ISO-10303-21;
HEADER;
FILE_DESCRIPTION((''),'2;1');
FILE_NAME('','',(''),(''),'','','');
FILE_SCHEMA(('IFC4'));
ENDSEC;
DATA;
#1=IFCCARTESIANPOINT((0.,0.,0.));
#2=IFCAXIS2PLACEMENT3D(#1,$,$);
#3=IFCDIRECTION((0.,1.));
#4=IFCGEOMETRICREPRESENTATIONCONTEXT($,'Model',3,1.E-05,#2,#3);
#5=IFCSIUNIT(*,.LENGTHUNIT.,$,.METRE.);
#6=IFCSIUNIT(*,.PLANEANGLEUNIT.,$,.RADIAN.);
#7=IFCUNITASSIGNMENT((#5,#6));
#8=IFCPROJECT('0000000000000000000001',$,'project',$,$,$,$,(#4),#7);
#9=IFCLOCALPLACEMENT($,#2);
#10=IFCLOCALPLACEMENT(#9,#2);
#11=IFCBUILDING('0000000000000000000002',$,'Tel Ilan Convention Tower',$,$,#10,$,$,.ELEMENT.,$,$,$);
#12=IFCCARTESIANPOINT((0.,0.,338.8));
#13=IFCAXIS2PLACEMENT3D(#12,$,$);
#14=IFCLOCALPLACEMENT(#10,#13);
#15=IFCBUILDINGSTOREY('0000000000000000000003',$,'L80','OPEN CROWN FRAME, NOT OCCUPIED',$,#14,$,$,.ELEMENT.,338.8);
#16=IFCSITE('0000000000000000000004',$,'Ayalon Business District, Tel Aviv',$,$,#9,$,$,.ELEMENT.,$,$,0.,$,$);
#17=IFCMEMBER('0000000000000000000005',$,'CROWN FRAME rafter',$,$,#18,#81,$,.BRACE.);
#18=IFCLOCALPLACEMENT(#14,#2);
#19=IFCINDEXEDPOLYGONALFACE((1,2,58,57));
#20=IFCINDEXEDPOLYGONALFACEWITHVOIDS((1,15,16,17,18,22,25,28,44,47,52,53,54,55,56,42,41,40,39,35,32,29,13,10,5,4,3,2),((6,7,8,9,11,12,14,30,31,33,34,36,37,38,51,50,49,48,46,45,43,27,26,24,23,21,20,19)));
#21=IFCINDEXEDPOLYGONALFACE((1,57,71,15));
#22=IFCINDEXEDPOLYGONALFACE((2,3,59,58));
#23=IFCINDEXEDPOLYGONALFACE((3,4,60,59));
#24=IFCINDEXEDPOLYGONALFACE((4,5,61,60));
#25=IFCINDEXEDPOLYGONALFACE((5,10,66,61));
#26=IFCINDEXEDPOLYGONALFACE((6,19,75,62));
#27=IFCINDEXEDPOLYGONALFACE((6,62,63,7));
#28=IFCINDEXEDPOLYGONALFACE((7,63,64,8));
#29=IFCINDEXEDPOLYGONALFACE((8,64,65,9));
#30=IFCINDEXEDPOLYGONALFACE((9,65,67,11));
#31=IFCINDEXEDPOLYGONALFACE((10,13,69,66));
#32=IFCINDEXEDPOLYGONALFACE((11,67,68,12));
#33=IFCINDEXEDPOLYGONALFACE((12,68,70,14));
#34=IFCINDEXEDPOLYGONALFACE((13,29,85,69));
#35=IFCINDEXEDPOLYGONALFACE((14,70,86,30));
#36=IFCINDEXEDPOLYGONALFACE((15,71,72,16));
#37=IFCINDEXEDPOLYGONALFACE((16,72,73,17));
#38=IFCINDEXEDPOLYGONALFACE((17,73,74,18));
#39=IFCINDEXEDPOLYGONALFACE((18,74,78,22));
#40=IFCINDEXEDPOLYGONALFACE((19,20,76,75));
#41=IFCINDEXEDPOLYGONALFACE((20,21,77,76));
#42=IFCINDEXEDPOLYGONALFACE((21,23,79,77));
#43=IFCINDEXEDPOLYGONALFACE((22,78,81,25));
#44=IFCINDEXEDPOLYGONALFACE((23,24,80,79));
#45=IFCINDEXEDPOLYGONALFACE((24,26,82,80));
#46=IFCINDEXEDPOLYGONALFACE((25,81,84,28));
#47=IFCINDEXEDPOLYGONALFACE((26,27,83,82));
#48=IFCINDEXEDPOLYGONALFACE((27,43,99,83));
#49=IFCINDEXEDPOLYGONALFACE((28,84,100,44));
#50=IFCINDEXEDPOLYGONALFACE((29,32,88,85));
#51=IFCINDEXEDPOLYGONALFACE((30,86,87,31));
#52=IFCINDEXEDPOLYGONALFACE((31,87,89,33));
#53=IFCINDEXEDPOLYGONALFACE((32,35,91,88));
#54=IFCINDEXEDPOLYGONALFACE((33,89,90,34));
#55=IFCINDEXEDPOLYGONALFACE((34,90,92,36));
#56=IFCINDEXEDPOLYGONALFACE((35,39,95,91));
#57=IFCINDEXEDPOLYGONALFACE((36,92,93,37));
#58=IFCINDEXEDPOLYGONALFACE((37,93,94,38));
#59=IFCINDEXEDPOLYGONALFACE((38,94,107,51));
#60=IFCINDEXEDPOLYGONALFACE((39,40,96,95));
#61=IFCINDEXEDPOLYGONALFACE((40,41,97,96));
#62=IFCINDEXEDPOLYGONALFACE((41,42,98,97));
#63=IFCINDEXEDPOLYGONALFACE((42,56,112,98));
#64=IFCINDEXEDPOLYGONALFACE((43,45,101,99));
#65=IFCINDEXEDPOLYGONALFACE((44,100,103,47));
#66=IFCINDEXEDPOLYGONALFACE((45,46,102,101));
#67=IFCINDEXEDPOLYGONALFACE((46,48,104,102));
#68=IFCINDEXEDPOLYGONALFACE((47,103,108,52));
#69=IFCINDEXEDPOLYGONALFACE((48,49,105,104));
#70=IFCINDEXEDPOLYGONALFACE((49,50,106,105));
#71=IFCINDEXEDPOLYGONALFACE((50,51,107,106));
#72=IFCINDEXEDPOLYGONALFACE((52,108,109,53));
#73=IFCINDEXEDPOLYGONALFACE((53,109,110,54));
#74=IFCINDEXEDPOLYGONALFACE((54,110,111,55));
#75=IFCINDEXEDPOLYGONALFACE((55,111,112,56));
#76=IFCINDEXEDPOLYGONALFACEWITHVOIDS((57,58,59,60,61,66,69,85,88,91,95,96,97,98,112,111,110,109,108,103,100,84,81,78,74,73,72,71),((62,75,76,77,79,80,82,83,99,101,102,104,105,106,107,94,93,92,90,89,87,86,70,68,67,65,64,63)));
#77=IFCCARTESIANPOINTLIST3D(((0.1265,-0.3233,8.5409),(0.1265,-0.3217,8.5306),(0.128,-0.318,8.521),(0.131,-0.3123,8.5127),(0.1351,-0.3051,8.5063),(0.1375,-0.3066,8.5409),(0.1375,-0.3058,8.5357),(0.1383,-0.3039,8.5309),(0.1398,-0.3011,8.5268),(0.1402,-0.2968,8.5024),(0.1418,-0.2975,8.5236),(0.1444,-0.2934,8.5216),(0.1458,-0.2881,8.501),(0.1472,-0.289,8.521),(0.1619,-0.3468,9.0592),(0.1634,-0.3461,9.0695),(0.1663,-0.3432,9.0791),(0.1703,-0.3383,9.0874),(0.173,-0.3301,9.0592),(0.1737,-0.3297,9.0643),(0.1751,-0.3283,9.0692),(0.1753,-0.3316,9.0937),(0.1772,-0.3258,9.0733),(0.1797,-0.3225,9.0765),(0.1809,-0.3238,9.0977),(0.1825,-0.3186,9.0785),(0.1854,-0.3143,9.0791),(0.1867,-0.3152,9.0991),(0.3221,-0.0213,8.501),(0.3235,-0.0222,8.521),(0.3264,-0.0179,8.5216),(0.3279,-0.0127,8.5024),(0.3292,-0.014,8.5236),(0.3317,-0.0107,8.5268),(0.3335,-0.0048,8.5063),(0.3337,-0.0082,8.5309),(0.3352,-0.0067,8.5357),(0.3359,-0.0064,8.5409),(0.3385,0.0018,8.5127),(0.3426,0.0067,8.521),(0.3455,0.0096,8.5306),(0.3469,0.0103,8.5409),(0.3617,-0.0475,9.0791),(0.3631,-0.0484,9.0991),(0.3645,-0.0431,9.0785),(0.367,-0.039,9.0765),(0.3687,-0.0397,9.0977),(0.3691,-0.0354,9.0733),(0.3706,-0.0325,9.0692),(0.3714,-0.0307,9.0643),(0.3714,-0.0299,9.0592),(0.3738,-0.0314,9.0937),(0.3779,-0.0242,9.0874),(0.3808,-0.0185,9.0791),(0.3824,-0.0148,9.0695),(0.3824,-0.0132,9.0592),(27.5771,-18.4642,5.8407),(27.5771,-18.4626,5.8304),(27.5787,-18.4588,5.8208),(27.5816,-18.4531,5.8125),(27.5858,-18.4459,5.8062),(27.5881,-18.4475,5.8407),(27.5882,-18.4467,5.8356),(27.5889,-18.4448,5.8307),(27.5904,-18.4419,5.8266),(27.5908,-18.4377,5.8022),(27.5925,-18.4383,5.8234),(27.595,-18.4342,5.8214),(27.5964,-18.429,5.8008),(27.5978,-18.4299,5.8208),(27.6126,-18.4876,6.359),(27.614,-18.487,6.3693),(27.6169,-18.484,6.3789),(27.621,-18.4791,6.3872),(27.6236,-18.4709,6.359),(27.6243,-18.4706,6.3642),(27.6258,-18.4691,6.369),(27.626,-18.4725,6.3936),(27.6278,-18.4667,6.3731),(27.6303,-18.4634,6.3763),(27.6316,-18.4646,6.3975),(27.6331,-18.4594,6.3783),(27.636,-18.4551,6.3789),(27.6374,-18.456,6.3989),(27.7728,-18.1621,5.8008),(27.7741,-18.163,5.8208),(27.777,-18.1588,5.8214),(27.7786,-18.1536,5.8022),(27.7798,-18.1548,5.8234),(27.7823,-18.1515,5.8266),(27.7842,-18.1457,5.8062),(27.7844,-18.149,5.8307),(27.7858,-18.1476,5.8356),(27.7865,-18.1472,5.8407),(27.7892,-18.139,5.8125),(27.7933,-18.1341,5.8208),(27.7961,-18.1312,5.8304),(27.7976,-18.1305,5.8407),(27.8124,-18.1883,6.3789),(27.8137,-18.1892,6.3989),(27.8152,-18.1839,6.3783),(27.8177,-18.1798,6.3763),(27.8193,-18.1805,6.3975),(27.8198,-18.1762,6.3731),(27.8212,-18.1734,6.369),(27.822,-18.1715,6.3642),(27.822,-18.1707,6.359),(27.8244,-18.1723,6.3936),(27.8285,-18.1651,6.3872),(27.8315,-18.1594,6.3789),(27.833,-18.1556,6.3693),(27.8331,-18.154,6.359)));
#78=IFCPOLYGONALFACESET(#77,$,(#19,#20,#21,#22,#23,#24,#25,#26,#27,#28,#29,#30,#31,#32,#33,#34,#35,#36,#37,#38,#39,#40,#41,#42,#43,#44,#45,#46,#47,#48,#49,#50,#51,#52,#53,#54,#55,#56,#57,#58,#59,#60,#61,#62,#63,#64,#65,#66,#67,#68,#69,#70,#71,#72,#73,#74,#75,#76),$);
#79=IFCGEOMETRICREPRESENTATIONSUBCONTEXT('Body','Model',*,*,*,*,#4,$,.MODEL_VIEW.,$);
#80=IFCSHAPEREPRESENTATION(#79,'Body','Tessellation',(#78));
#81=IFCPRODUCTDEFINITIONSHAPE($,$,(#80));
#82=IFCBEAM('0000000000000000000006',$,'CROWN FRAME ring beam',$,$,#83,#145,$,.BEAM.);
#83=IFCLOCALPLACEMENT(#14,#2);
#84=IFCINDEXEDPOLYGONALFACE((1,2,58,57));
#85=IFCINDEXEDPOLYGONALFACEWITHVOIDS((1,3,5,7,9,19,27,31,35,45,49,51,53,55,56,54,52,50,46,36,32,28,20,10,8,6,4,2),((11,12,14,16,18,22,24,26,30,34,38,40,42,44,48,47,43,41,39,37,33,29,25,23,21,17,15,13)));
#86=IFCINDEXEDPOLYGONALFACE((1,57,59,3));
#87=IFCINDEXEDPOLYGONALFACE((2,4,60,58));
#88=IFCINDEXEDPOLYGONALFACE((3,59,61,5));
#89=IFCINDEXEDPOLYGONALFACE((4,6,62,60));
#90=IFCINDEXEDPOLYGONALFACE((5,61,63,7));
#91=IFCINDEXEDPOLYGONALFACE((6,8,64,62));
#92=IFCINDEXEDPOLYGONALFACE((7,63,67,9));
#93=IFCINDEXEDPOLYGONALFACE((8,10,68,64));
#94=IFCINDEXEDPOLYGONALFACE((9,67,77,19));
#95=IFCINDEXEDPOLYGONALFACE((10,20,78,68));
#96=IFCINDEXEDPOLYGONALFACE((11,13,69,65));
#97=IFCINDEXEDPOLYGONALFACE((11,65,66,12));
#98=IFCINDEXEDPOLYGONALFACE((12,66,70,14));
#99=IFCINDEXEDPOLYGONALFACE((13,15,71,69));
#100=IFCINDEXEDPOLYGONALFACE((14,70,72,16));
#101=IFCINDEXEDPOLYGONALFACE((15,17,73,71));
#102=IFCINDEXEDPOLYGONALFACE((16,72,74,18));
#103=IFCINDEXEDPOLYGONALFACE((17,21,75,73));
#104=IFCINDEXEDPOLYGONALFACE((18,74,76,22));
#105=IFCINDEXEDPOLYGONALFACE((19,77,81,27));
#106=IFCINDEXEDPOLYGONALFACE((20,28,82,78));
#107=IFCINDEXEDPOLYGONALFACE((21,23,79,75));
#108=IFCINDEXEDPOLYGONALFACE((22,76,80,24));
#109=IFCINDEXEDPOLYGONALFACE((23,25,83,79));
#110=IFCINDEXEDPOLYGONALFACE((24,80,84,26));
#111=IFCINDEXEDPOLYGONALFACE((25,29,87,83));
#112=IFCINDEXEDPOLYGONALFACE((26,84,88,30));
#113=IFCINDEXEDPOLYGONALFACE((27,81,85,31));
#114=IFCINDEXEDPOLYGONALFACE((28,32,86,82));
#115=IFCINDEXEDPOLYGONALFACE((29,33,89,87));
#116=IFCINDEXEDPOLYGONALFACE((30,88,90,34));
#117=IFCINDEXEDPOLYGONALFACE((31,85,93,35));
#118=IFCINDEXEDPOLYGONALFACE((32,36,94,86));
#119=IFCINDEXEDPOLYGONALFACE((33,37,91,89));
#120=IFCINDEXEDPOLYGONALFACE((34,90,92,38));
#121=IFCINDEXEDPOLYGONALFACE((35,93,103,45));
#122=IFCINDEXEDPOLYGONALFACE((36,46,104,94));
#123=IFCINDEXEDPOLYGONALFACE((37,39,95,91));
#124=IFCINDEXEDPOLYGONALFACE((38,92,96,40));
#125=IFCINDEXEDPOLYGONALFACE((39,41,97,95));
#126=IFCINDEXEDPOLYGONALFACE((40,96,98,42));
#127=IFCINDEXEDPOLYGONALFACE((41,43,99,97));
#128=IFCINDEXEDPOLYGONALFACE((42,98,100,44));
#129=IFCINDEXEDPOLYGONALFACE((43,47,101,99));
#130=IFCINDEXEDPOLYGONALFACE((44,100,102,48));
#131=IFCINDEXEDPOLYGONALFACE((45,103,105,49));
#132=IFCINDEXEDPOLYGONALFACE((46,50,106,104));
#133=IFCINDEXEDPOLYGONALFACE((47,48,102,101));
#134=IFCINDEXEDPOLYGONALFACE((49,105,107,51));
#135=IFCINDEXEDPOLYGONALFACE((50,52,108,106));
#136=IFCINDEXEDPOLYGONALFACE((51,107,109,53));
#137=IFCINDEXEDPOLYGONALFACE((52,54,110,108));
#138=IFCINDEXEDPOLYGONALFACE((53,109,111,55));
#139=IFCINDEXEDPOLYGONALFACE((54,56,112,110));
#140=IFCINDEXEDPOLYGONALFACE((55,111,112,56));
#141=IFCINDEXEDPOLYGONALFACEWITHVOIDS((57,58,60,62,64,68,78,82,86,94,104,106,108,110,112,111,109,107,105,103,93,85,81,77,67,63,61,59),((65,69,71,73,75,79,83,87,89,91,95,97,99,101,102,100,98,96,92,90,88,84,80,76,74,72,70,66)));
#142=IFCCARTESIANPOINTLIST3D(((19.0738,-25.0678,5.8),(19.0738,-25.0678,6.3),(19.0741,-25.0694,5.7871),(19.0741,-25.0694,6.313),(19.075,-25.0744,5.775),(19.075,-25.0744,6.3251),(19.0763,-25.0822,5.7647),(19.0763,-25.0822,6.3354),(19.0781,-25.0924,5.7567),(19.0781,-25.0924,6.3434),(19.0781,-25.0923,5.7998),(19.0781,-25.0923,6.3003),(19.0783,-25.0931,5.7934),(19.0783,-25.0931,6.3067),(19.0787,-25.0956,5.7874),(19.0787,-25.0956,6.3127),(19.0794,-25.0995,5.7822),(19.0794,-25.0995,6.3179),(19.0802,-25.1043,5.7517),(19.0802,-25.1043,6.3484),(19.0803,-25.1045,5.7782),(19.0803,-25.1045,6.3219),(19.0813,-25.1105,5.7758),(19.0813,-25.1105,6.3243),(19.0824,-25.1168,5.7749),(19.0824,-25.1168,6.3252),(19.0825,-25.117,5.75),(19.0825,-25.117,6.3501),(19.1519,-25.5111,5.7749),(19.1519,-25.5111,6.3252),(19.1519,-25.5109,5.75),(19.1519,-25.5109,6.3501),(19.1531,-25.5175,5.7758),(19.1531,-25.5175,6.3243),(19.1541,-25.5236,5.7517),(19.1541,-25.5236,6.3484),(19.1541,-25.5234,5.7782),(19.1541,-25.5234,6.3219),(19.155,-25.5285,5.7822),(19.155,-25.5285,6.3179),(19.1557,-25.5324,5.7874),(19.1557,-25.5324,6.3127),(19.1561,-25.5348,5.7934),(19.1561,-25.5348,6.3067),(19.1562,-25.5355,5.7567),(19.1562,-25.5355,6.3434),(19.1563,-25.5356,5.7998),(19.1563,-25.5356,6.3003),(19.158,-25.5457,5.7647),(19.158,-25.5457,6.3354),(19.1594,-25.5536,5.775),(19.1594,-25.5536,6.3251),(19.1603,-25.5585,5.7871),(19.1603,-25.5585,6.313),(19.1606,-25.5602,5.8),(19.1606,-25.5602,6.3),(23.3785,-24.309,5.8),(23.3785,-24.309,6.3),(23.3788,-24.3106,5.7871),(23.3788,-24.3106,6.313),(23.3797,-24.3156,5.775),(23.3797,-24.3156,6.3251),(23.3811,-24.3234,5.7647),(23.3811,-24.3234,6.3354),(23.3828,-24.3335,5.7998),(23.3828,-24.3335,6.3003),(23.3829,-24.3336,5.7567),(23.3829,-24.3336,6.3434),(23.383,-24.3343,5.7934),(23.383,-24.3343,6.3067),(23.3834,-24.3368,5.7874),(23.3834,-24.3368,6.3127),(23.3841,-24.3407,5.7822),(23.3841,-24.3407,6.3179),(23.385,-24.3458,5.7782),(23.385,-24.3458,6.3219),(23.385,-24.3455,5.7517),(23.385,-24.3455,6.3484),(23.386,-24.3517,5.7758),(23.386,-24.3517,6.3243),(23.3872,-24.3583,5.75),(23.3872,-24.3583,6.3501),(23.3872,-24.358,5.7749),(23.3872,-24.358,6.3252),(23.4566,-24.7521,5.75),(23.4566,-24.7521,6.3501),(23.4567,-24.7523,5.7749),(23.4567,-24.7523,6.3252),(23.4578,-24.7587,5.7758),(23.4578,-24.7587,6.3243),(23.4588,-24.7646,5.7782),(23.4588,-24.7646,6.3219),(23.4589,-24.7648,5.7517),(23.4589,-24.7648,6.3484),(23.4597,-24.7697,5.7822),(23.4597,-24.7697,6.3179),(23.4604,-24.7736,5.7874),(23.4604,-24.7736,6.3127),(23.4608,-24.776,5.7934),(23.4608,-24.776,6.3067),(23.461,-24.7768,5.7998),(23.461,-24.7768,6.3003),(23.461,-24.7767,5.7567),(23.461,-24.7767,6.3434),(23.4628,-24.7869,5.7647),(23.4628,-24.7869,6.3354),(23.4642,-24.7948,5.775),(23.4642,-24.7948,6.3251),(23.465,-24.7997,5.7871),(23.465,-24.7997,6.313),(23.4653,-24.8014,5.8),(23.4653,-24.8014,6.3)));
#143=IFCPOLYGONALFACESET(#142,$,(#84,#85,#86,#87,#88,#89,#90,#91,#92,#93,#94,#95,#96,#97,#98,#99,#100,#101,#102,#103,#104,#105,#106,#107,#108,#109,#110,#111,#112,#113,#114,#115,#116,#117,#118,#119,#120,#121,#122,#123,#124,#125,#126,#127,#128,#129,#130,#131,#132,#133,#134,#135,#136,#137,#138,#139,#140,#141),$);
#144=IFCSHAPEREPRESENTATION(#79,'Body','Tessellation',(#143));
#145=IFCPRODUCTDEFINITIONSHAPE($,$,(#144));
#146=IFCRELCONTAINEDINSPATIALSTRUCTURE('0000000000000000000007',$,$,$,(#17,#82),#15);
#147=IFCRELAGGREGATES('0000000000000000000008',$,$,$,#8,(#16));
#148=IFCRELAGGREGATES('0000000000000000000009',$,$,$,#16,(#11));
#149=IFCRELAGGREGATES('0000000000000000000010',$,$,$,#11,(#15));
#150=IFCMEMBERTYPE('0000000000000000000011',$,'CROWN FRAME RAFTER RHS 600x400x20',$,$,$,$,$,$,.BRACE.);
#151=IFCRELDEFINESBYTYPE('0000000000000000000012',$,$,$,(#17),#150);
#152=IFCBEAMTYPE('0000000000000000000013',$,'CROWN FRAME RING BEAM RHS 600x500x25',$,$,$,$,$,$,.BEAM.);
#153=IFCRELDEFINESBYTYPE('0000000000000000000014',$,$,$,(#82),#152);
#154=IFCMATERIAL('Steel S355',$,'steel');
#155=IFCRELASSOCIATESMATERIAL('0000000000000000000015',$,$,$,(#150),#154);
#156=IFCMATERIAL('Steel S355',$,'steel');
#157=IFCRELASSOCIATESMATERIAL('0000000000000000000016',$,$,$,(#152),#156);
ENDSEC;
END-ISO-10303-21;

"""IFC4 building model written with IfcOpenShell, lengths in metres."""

from ifc_helpers import new_model, si_unit, direction, frame, origin, origin_2d, place, context, subcontext, project, spatial, hollow_rectangle, extrude, material, material_profile, profile_set, type_object, element, save


model = new_model("IFC4")

# Units and contexts
model_context = context("Model", 3, precision=1e-05, world=origin(), true_north=direction((0.0, 1.0)))
body_context = subcontext(model_context, "Body", "Model", "MODEL_VIEW")
ifc_project = project(units=[si_unit("LENGTHUNIT", "METRE"), si_unit("PLANEANGLEUNIT", "RADIAN")], contexts=[model_context])

# Site, building, storey
site_placement = place(None, origin())
site = spatial("IfcSite", under=ifc_project, at=site_placement, Name="Ayalon Business District, Tel Aviv", CompositionType="ELEMENT", RefElevation=0.0)
building_placement = place(site_placement, origin())
building = spatial("IfcBuilding", under=site, at=building_placement, Name="Tel Ilan Convention Tower", CompositionType="ELEMENT")
storey_placement = place(building_placement, frame((0.0, 0.0, 338.8)))
storey = spatial("IfcBuildingStorey", under=building, at=storey_placement, Name="L80", Description="OPEN CROWN FRAME, NOT OCCUPIED", CompositionType="ELEMENT", Elevation=338.8)

# Member
ifc_material_1 = material(Name="Steel S355", Category="steel")
ifc_material_profile_1 = material_profile(ifc_material_1, hollow_rectangle(XDim=0.3999, YDim=0.6001, WallThickness=0.02, InnerFilletRadius=0.02, OuterFilletRadius=0.04, at=origin_2d()), Name="RHS 600x400x20")
ifc_profile_set_1 = profile_set([ifc_material_profile_1], Name="Steel S355")
member_type_1 = type_object("IfcMemberType", Name="CROWN FRAME RAFTER RHS 600x400x20", PredefinedType="BRACE", material=ifc_profile_set_1)
member_1_placement = place(storey_placement, frame((27.7051, -18.3091, 6.0999), z_axis=(-0.831487, 0.549491, 0.081789), x_axis=(-0.551338, -0.834282, 0.0)))
element("IfcMember", 1, at=member_1_placement, inside=storey, type_object=member_type_1, Name="CROWN FRAME rafter", PredefinedType="BRACE", context=body_context, shape_type="SweptSolid", body=[
    extrude(hollow_rectangle(XDim=0.3999, YDim=0.6001, WallThickness=0.02, InnerFilletRadius=0.02, OuterFilletRadius=0.04, at=origin_2d()), origin(), (0.0, 0.0, 1.0), 33.0139),
])

# Beam
ifc_material_2 = material(Name="Steel S355", Category="steel")
ifc_material_profile_2 = material_profile(ifc_material_2, hollow_rectangle(XDim=0.5, YDim=0.6001, WallThickness=0.0249, InnerFilletRadius=0.0249, OuterFilletRadius=0.05, at=origin_2d()), Name="RHS 600x500x25")
ifc_profile_set_2 = profile_set([ifc_material_profile_2], Name="Steel S355")
beam_type = type_object("IfcBeamType", Name="CROWN FRAME RING BEAM RHS 600x500x25", PredefinedType="BEAM", material=ifc_profile_set_2)
beam_placement = place(storey_placement, frame((19.1172, -25.314, 6.05), z_axis=(0.984817, 0.173594, 0.0), x_axis=(-0.173594, 0.984817, 0.0)))
element("IfcBeam", 2, at=beam_placement, inside=storey, type_object=beam_type, Name="CROWN FRAME ring beam", PredefinedType="BEAM", context=body_context, shape_type="SweptSolid", body=[
    extrude(hollow_rectangle(XDim=0.5, YDim=0.6001, WallThickness=0.0249, InnerFilletRadius=0.0249, OuterFilletRadius=0.05, at=origin_2d()), origin(), (0.0, 0.0, 1.0), 4.3711),
])

save(model, "model.ifc")
